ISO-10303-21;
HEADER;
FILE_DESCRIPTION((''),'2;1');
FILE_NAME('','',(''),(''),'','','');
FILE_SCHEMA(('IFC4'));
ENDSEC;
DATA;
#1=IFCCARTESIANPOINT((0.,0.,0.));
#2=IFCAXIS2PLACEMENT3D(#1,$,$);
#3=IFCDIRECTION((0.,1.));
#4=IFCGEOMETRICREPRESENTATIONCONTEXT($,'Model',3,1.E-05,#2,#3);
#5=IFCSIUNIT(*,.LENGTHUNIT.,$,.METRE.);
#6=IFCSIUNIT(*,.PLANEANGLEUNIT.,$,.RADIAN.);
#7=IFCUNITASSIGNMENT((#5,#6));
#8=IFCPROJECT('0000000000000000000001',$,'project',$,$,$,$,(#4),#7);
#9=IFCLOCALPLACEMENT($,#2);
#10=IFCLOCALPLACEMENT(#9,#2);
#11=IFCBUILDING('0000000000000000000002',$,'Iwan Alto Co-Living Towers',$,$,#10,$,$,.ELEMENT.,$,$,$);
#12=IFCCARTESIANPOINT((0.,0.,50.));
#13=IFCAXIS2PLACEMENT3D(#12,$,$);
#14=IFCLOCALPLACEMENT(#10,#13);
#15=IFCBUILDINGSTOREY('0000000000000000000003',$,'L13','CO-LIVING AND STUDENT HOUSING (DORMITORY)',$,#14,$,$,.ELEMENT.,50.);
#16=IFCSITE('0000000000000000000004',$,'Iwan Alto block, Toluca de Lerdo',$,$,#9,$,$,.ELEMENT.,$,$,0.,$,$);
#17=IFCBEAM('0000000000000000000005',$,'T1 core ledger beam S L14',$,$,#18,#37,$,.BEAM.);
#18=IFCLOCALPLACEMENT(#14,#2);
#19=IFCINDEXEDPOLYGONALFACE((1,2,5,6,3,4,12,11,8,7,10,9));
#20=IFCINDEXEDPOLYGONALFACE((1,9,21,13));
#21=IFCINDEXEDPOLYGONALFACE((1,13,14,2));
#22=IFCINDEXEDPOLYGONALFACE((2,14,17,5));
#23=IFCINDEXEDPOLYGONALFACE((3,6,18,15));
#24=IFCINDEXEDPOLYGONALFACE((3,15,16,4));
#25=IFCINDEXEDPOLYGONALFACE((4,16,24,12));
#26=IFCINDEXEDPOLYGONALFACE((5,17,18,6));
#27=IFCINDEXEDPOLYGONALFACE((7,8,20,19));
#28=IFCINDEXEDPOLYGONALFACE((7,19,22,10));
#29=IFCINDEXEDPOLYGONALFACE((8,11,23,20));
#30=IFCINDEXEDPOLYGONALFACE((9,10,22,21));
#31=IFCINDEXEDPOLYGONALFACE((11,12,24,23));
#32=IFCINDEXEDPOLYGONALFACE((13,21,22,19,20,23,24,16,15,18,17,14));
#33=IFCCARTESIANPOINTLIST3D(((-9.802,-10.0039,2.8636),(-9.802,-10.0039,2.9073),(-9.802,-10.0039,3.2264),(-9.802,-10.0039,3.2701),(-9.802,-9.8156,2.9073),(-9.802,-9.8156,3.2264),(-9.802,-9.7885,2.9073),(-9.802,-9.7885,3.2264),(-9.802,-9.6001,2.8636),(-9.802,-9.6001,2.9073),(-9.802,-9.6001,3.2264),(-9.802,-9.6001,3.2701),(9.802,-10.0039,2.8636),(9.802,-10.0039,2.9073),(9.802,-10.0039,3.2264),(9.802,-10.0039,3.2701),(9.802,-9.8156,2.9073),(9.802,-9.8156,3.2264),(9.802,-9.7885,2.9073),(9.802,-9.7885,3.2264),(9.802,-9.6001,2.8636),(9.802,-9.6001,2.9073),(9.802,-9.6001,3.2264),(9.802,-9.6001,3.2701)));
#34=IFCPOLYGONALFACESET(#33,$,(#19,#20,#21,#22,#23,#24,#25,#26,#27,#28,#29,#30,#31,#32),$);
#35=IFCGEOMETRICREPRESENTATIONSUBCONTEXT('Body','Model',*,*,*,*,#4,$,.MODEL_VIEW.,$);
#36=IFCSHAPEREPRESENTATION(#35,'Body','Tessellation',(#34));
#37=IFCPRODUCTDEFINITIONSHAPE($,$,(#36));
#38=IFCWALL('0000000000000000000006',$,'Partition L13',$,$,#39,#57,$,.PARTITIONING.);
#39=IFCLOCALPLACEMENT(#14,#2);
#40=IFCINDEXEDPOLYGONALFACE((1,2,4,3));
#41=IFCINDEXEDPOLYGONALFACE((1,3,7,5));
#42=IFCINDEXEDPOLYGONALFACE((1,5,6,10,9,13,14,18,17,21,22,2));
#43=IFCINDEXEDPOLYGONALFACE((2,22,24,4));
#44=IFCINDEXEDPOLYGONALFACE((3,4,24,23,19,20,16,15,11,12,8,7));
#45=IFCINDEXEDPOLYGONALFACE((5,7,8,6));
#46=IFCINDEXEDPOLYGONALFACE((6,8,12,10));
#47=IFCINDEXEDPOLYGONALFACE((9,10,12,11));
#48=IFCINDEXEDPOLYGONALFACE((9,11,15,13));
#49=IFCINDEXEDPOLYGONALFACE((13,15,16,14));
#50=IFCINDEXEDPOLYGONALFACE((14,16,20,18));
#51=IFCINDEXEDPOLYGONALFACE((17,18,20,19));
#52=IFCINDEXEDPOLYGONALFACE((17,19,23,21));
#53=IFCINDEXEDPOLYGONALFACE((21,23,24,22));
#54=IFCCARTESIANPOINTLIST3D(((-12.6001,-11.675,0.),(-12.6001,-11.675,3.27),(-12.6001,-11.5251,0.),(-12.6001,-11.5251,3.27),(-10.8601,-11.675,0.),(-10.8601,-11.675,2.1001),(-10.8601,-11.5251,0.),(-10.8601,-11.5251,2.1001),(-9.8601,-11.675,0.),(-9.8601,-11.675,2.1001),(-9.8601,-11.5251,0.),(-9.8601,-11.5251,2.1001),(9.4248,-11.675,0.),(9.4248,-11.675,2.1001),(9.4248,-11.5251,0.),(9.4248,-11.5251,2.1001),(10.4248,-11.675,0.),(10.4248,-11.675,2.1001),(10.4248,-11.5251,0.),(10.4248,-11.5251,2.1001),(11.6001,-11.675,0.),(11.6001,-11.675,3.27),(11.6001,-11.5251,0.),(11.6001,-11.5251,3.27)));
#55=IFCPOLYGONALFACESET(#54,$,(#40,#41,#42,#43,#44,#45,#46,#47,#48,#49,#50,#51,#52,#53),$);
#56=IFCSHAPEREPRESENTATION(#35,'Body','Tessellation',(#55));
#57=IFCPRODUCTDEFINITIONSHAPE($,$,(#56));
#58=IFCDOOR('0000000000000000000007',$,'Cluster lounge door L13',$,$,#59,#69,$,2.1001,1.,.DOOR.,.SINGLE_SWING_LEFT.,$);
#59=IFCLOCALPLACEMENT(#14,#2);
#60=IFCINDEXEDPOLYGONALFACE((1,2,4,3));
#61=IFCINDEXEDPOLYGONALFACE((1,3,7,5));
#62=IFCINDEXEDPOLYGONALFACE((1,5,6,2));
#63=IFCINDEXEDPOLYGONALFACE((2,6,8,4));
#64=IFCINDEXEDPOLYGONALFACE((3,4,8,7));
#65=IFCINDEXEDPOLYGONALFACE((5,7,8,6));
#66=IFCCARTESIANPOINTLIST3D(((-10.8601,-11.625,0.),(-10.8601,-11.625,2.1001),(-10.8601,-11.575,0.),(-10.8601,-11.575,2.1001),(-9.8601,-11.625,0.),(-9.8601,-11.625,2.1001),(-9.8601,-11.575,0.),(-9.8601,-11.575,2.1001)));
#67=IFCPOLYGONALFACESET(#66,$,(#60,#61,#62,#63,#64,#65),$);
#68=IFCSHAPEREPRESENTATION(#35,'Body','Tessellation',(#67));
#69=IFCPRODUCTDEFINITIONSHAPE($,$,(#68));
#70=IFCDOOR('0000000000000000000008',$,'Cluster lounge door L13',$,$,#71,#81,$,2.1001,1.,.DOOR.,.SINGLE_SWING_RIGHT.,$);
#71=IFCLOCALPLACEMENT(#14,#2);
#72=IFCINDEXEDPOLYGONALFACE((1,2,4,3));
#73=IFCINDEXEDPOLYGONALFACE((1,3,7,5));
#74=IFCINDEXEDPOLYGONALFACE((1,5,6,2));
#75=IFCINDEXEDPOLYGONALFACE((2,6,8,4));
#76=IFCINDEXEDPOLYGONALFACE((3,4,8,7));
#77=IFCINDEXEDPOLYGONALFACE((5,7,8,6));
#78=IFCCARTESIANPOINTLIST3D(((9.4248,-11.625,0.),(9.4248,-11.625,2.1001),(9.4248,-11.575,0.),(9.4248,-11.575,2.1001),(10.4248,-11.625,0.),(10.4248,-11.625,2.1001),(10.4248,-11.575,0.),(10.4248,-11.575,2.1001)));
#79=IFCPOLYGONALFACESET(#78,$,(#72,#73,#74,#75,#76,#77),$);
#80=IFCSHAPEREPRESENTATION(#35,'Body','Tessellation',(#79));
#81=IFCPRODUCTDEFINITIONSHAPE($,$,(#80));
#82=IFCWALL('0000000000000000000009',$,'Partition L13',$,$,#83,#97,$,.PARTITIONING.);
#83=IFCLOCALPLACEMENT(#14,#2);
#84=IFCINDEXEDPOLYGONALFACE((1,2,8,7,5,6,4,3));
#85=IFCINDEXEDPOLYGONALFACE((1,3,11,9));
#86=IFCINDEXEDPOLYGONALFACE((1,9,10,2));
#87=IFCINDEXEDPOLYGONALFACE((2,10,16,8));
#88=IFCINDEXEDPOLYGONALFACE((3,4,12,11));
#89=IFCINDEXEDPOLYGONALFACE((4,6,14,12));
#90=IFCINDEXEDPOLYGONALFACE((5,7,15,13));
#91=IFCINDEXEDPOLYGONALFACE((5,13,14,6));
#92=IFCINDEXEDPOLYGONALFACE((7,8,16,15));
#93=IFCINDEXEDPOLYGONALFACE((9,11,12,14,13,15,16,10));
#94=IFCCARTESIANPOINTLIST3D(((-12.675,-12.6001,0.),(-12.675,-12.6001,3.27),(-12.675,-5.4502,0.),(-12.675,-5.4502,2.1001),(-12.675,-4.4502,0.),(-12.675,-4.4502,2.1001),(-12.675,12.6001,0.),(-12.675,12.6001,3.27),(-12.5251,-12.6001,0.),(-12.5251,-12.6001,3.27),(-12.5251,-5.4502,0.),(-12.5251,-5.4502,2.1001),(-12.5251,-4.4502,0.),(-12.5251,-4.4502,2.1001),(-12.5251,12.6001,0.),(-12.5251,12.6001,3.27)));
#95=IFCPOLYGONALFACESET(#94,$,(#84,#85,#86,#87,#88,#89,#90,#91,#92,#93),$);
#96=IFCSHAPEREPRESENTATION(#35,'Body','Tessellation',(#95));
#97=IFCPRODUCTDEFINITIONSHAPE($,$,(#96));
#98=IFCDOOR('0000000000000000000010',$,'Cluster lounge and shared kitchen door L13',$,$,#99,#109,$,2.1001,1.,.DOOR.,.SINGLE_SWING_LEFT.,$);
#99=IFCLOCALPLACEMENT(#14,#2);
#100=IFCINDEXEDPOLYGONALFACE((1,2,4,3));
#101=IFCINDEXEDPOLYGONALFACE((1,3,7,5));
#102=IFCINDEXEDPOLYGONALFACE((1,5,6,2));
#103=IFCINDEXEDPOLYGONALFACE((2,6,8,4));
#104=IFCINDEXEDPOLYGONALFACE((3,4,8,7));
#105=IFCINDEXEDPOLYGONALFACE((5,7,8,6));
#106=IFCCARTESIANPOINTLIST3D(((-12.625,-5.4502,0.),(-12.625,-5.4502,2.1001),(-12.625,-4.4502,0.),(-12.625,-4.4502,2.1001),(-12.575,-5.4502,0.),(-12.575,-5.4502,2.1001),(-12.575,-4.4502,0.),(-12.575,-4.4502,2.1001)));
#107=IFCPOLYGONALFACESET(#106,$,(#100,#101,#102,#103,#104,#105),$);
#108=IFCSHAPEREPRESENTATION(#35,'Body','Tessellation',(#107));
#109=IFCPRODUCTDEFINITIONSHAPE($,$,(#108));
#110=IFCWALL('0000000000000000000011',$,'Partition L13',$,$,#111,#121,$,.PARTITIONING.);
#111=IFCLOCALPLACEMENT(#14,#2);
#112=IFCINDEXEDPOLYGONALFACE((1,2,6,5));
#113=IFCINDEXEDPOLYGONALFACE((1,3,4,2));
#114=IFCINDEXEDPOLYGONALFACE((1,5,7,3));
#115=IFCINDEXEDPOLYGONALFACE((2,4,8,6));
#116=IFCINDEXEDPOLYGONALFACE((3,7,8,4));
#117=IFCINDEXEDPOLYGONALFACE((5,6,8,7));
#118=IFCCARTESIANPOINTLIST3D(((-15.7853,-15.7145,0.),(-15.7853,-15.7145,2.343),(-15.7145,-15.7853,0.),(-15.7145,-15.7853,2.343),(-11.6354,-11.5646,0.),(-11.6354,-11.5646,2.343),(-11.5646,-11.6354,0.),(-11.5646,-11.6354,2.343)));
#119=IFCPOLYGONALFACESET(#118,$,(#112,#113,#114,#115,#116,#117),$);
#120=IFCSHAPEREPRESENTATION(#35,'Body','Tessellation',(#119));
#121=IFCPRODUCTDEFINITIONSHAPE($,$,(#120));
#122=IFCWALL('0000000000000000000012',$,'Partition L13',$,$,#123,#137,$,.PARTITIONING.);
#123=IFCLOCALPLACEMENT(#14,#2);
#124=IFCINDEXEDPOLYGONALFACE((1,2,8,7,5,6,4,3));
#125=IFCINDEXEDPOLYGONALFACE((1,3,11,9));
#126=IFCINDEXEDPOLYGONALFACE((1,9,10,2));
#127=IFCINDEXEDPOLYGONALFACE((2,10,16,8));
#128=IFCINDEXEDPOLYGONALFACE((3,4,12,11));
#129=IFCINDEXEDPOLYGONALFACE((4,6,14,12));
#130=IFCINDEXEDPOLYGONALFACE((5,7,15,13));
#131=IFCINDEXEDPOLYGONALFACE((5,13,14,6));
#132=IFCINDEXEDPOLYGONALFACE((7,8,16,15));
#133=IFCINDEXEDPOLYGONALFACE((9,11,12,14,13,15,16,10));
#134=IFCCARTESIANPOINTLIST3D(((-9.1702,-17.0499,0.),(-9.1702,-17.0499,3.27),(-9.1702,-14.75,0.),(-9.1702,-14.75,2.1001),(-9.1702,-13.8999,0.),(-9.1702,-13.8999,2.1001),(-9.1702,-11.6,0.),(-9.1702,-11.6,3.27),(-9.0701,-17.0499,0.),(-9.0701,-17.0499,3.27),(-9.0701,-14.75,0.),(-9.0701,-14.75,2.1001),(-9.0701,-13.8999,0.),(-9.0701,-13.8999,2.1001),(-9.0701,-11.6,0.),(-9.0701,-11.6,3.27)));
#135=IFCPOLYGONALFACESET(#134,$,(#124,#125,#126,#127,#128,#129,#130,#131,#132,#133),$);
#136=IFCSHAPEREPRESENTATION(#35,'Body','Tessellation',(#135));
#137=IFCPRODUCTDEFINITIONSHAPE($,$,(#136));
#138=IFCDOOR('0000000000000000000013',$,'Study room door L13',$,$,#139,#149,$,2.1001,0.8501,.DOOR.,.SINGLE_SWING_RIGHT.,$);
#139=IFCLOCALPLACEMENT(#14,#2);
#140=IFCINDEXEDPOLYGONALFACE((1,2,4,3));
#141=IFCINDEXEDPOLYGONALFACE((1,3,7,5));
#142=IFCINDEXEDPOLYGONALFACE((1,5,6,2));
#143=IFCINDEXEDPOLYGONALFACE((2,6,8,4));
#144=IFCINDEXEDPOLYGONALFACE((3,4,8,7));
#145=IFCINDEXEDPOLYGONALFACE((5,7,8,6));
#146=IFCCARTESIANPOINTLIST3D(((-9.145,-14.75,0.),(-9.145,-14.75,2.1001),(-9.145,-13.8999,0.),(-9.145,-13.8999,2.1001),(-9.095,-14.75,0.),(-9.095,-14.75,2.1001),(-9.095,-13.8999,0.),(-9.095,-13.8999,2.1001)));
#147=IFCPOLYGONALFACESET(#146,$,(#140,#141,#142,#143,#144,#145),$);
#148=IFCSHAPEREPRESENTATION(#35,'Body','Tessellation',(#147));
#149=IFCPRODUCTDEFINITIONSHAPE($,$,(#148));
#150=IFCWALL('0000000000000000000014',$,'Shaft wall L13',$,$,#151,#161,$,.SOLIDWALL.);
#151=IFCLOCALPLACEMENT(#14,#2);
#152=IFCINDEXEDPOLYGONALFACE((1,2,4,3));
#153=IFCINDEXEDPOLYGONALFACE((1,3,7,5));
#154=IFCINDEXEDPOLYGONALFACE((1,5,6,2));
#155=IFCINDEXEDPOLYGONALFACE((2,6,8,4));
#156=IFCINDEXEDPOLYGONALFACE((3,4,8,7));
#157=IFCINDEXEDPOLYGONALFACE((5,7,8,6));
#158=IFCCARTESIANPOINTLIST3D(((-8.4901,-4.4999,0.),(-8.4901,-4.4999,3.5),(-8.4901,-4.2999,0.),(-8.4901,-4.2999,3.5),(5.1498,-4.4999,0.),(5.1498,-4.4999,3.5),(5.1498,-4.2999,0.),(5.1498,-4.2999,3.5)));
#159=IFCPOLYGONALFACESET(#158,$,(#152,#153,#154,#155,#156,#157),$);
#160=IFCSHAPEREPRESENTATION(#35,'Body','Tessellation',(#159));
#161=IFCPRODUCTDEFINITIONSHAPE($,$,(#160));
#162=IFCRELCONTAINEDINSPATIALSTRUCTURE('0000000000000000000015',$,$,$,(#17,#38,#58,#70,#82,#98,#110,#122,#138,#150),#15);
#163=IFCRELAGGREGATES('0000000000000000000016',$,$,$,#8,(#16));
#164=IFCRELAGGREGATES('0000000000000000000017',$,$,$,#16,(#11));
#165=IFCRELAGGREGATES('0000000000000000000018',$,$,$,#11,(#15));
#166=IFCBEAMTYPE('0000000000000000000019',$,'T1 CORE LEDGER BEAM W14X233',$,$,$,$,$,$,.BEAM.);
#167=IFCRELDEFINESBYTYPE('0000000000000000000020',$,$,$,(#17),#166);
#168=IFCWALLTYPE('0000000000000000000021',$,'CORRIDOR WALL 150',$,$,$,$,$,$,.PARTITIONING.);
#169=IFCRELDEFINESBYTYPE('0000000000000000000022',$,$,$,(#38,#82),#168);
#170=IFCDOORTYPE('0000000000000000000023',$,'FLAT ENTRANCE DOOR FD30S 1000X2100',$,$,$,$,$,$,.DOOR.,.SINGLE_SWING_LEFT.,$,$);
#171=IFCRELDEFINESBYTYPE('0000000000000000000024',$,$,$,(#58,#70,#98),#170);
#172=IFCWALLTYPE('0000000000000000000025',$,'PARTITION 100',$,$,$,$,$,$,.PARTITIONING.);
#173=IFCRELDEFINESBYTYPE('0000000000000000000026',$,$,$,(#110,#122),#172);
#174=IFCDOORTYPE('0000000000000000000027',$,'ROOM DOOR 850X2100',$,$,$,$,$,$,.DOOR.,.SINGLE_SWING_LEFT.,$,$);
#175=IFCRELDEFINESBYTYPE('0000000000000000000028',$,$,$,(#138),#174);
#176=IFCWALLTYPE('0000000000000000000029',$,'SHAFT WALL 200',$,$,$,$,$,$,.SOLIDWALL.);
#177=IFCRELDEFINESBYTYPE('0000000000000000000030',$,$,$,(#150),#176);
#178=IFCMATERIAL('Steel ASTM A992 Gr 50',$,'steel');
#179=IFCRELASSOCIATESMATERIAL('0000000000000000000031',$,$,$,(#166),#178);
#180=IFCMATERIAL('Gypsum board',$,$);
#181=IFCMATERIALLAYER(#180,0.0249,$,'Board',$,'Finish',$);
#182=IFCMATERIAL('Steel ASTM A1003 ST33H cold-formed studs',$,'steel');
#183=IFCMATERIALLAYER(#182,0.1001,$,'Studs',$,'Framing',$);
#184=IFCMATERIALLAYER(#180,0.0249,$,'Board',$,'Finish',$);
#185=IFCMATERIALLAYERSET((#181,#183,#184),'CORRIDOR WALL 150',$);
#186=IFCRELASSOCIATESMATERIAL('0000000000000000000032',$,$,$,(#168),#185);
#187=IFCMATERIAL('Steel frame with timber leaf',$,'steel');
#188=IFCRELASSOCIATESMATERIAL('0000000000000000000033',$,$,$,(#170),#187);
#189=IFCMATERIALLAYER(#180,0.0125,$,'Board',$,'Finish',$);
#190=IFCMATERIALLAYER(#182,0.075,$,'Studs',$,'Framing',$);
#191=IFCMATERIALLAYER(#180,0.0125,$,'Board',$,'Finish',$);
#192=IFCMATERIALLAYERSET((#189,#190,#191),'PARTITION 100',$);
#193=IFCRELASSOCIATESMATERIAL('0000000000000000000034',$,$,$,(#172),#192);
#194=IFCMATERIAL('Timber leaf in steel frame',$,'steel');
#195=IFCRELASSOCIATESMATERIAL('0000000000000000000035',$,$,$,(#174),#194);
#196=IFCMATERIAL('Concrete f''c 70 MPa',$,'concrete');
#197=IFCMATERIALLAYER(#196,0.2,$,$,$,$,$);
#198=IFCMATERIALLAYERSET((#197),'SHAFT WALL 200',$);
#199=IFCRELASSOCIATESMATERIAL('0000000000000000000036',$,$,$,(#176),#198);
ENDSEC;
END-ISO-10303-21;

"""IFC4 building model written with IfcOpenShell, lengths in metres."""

from ifc_helpers import new_model, si_unit, direction, frame, frame_2d, origin, origin_2d, place, context, subcontext, project, spatial, rectangle, i_section, extrude, material, layer, layer_set, material_profile, profile_set, type_object, element, fill, save


model = new_model("IFC4")

# Units and contexts
model_context = context("Model", 3, precision=1e-05, world=origin(), true_north=direction((0.0, 1.0)))
body_context = subcontext(model_context, "Body", "Model", "MODEL_VIEW")
ifc_project = project(units=[si_unit("LENGTHUNIT", "METRE"), si_unit("PLANEANGLEUNIT", "RADIAN")], contexts=[model_context])

# Site, building, storey
site_placement = place(None, origin())
site = spatial("IfcSite", under=ifc_project, at=site_placement, Name="Iwan Alto block, Toluca de Lerdo", CompositionType="ELEMENT", RefElevation=0.0)
building_placement = place(site_placement, origin())
building = spatial("IfcBuilding", under=site, at=building_placement, Name="Iwan Alto Co-Living Towers", CompositionType="ELEMENT")
storey_placement = place(building_placement, frame((0.0, 0.0, 50.0)))
storey = spatial("IfcBuildingStorey", under=building, at=storey_placement, Name="L13", Description="CO-LIVING AND STUDENT HOUSING (DORMITORY)", CompositionType="ELEMENT", Elevation=50.0)

# Beam
ifc_material_1 = material(Name="Steel ASTM A992 Gr 50", Category="steel")
ifc_material_profile = material_profile(ifc_material_1, i_section(OverallWidth=0.4038, OverallDepth=0.4065, WebThickness=0.0271, FlangeThickness=0.0437, at=origin_2d()), Name="W14X233")
ifc_profile_set = profile_set([ifc_material_profile], Name="Steel ASTM A992 Gr 50")
beam_type = type_object("IfcBeamType", Name="T1 CORE LEDGER BEAM W14X233", PredefinedType="BEAM", material=ifc_profile_set)
beam_placement = place(storey_placement, frame((-9.802, -9.802, 3.0669), z_axis=(1.0, 0.0, 0.0), x_axis=(0.0, 1.0, 0.0)))
element("IfcBeam", 1, at=beam_placement, inside=storey, type_object=beam_type, Name="T1 core ledger beam S L14", PredefinedType="BEAM", context=body_context, shape_type="SweptSolid", body=[
    extrude(i_section(OverallWidth=0.4038, OverallDepth=0.4065, WebThickness=0.0271, FlangeThickness=0.0437, at=origin_2d()), origin(), (0.0, 0.0, 1.0), 19.604),
])

# Wall, openings, doors
ifc_material_2 = material(Name="Gypsum board")
ifc_layer_1 = layer(ifc_material_2, 0.0249, Name="Board", Category="Finish")
ifc_material_3 = material(Name="Steel ASTM A1003 ST33H cold-formed studs", Category="steel")
ifc_layer_2 = layer(ifc_material_3, 0.1001, Name="Studs", Category="Framing")
ifc_layer_3 = layer(ifc_material_2, 0.0249, Name="Board", Category="Finish")
ifc_layer_set_1 = layer_set([ifc_layer_1, ifc_layer_2, ifc_layer_3], Name="CORRIDOR WALL 150")
wall_type_1 = type_object("IfcWallType", Name="CORRIDOR WALL 150", PredefinedType="PARTITIONING", material=ifc_layer_set_1)
wall_1_placement = place(storey_placement, frame((-12.6001, -11.6001, 0.0), z_axis=(0.0, 0.0, 1.0), x_axis=(1.0, 0.0, 0.0)))
wall_1 = element("IfcWall", 2, at=wall_1_placement, inside=storey, type_object=wall_type_1, Name="Partition L13", PredefinedType="PARTITIONING", context=body_context, shape_type="SweptSolid", body=[
    extrude(rectangle(XDim=24.2002, YDim=0.1499, at=frame_2d((12.1001, 0.0))), origin(), (0.0, 0.0, 1.0), 3.27),
])
opening_1_placement = place(wall_1_placement, frame((1.74, 0.0, 0.0)))
opening_1 = element("IfcOpeningElement", 3, at=opening_1_placement, cuts=wall_1, PredefinedType="OPENING", context=body_context, shape_type="SweptSolid", body=[
    extrude(rectangle(XDim=1.0, YDim=2.1001, at=frame_2d((0.5, 1.05))), frame((0.0, 0.085, 0.0), z_axis=(0.0, -1.0, 0.0), x_axis=(1.0, 0.0, 0.0)), (0.0, 0.0, 1.0), 0.1699),
])
opening_2_placement = place(wall_1_placement, frame((22.0249, 0.0, 0.0)))
opening_2 = element("IfcOpeningElement", 4, at=opening_2_placement, cuts=wall_1, PredefinedType="OPENING", context=body_context, shape_type="SweptSolid", body=[
    extrude(rectangle(XDim=1.0, YDim=2.1001, at=frame_2d((0.5, 1.05))), frame((0.0, 0.085, 0.0), z_axis=(0.0, -1.0, 0.0), x_axis=(1.0, 0.0, 0.0)), (0.0, 0.0, 1.0), 0.1699),
])
ifc_material_4 = material(Name="Steel frame with timber leaf", Category="steel")
door_type_1 = type_object("IfcDoorType", Name="FLAT ENTRANCE DOOR FD30S 1000X2100", OperationType="SINGLE_SWING_LEFT", PredefinedType="DOOR", material=ifc_material_4)
door_1_placement = place(opening_1_placement, frame((1.0, 0.0, 0.0), z_axis=(0.0, 0.0, 1.0), x_axis=(-1.0, 0.0, 0.0)))
door_1 = element("IfcDoor", 5, at=door_1_placement, inside=storey, type_object=door_type_1, Name="Cluster lounge door L13", OperationType="SINGLE_SWING_LEFT", OverallHeight=2.1001, OverallWidth=1.0, PredefinedType="DOOR", context=body_context, shape_type="SweptSolid", body=[
    extrude(rectangle(XDim=1.0, YDim=2.1001, at=frame_2d((0.5, 1.05))), frame((0.0, 0.0249, 0.0), z_axis=(0.0, -1.0, 0.0), x_axis=(1.0, 0.0, 0.0)), (0.0, 0.0, 1.0), 0.05),
])
fill(opening_1, door_1)
door_2_placement = place(opening_2_placement, frame((1.0, 0.0, 0.0), z_axis=(0.0, 0.0, 1.0), x_axis=(-1.0, 0.0, 0.0)))
door_2 = element("IfcDoor", 6, at=door_2_placement, inside=storey, type_object=door_type_1, Name="Cluster lounge door L13", OperationType="SINGLE_SWING_RIGHT", OverallHeight=2.1001, OverallWidth=1.0, PredefinedType="DOOR", context=body_context, shape_type="SweptSolid", body=[
    extrude(rectangle(XDim=1.0, YDim=2.1001, at=frame_2d((0.5, 1.05))), frame((0.0, 0.0249, 0.0), z_axis=(0.0, -1.0, 0.0), x_axis=(1.0, 0.0, 0.0)), (0.0, 0.0, 1.0), 0.05),
])
fill(opening_2, door_2)

# Wall, opening, door
wall_2_placement = place(storey_placement, frame((-12.6001, -12.6001, 0.0), z_axis=(0.0, 0.0, 1.0), x_axis=(0.0, 1.0, 0.0)))
wall_2 = element("IfcWall", 7, at=wall_2_placement, inside=storey, type_object=wall_type_1, Name="Partition L13", PredefinedType="PARTITIONING", context=body_context, shape_type="SweptSolid", body=[
    extrude(rectangle(XDim=25.2002, YDim=0.1499, at=frame_2d((12.6001, 0.0))), origin(), (0.0, 0.0, 1.0), 3.27),
])
opening_3_placement = place(wall_2_placement, frame((7.1499, 0.0, 0.0)))
opening_3 = element("IfcOpeningElement", 8, at=opening_3_placement, cuts=wall_2, PredefinedType="OPENING", context=body_context, shape_type="SweptSolid", body=[
    extrude(rectangle(XDim=1.0, YDim=2.1001, at=frame_2d((0.5, 1.05))), frame((0.0, 0.085, 0.0), z_axis=(0.0, -1.0, 0.0), x_axis=(1.0, 0.0, 0.0)), (0.0, 0.0, 1.0), 0.1699),
])
door_3_placement = place(opening_3_placement, origin())
door_3 = element("IfcDoor", 9, at=door_3_placement, inside=storey, type_object=door_type_1, Name="Cluster lounge and shared kitchen door L13", OperationType="SINGLE_SWING_LEFT", OverallHeight=2.1001, OverallWidth=1.0, PredefinedType="DOOR", context=body_context, shape_type="SweptSolid", body=[
    extrude(rectangle(XDim=1.0, YDim=2.1001, at=frame_2d((0.5, 1.05))), frame((0.0, 0.0249, 0.0), z_axis=(0.0, -1.0, 0.0), x_axis=(1.0, 0.0, 0.0)), (0.0, 0.0, 1.0), 0.05),
])
fill(opening_3, door_3)

# Wall
ifc_layer_4 = layer(ifc_material_2, 0.0125, Name="Board", Category="Finish")
ifc_layer_5 = layer(ifc_material_3, 0.075, Name="Studs", Category="Framing")
ifc_layer_6 = layer(ifc_material_2, 0.0125, Name="Board", Category="Finish")
ifc_layer_set_2 = layer_set([ifc_layer_4, ifc_layer_5, ifc_layer_6], Name="PARTITION 100")
wall_type_2 = type_object("IfcWallType", Name="PARTITION 100", PredefinedType="PARTITIONING", material=ifc_layer_set_2)
wall_3_placement = place(storey_placement, frame((-15.75, -15.75, 0.0), z_axis=(0.0, 0.0, 1.0), x_axis=(0.707107, 0.707107, 0.0)))
element("IfcWall", 10, at=wall_3_placement, inside=storey, type_object=wall_type_2, Name="Partition L13", PredefinedType="PARTITIONING", context=body_context, shape_type="SweptSolid", body=[
    extrude(rectangle(XDim=5.8689, YDim=0.1001, at=frame_2d((2.9346, 0.0))), origin(), (0.0, 0.0, 1.0), 2.343),
])

# Wall, opening, door
wall_4_placement = place(storey_placement, frame((-9.1201, -17.05, 0.0), z_axis=(0.0, 0.0, 1.0), x_axis=(0.0, 1.0, 0.0)))
wall_4 = element("IfcWall", 11, at=wall_4_placement, inside=storey, type_object=wall_type_2, Name="Partition L13", PredefinedType="PARTITIONING", context=body_context, shape_type="SweptSolid", body=[
    extrude(rectangle(XDim=5.45, YDim=0.1001, at=frame_2d((2.7251, 0.0))), origin(), (0.0, 0.0, 1.0), 3.27),
])
opening_4_placement = place(wall_4_placement, frame((2.3, 0.0, 0.0)))
opening_4 = element("IfcOpeningElement", 12, at=opening_4_placement, cuts=wall_4, PredefinedType="OPENING", context=body_context, shape_type="SweptSolid", body=[
    extrude(rectangle(XDim=0.8501, YDim=2.1001, at=frame_2d((0.425, 1.05))), frame((0.0, 0.0601, 0.0), z_axis=(0.0, -1.0, 0.0), x_axis=(1.0, 0.0, 0.0)), (0.0, 0.0, 1.0), 0.1201),
])
ifc_material_5 = material(Name="Timber leaf in steel frame", Category="steel")
door_type_2 = type_object("IfcDoorType", Name="ROOM DOOR 850X2100", OperationType="SINGLE_SWING_LEFT", PredefinedType="DOOR", material=ifc_material_5)
door_4_placement = place(opening_4_placement, origin())
door_4 = element("IfcDoor", 13, at=door_4_placement, inside=storey, type_object=door_type_2, Name="Study room door L13", OperationType="SINGLE_SWING_RIGHT", OverallHeight=2.1001, OverallWidth=0.8501, PredefinedType="DOOR", context=body_context, shape_type="SweptSolid", body=[
    extrude(rectangle(XDim=0.8501, YDim=2.1001, at=frame_2d((0.425, 1.05))), frame((0.0, 0.0249, 0.0), z_axis=(0.0, -1.0, 0.0), x_axis=(1.0, 0.0, 0.0)), (0.0, 0.0, 1.0), 0.05),
])
fill(opening_4, door_4)

# Wall
ifc_material_6 = material(Name="Concrete f'c 70 MPa", Category="concrete")
ifc_layer_7 = layer(ifc_material_6, 0.2)
ifc_layer_set_3 = layer_set([ifc_layer_7], Name="SHAFT WALL 200")
wall_type_3 = type_object("IfcWallType", Name="SHAFT WALL 200", PredefinedType="SOLIDWALL", material=ifc_layer_set_3)
wall_5_placement = place(storey_placement, frame((-8.49, -4.3999, 0.0), z_axis=(0.0, 0.0, 1.0), x_axis=(1.0, 0.0, 0.0)))
element("IfcWall", 14, at=wall_5_placement, inside=storey, type_object=wall_type_3, Name="Shaft wall L13", PredefinedType="SOLIDWALL", context=body_context, shape_type="SweptSolid", body=[
    extrude(rectangle(XDim=13.6399, YDim=0.2, at=frame_2d((6.8198, 0.0))), origin(), (0.0, 0.0, 1.0), 3.5),
])

save(model, "model.ifc")
